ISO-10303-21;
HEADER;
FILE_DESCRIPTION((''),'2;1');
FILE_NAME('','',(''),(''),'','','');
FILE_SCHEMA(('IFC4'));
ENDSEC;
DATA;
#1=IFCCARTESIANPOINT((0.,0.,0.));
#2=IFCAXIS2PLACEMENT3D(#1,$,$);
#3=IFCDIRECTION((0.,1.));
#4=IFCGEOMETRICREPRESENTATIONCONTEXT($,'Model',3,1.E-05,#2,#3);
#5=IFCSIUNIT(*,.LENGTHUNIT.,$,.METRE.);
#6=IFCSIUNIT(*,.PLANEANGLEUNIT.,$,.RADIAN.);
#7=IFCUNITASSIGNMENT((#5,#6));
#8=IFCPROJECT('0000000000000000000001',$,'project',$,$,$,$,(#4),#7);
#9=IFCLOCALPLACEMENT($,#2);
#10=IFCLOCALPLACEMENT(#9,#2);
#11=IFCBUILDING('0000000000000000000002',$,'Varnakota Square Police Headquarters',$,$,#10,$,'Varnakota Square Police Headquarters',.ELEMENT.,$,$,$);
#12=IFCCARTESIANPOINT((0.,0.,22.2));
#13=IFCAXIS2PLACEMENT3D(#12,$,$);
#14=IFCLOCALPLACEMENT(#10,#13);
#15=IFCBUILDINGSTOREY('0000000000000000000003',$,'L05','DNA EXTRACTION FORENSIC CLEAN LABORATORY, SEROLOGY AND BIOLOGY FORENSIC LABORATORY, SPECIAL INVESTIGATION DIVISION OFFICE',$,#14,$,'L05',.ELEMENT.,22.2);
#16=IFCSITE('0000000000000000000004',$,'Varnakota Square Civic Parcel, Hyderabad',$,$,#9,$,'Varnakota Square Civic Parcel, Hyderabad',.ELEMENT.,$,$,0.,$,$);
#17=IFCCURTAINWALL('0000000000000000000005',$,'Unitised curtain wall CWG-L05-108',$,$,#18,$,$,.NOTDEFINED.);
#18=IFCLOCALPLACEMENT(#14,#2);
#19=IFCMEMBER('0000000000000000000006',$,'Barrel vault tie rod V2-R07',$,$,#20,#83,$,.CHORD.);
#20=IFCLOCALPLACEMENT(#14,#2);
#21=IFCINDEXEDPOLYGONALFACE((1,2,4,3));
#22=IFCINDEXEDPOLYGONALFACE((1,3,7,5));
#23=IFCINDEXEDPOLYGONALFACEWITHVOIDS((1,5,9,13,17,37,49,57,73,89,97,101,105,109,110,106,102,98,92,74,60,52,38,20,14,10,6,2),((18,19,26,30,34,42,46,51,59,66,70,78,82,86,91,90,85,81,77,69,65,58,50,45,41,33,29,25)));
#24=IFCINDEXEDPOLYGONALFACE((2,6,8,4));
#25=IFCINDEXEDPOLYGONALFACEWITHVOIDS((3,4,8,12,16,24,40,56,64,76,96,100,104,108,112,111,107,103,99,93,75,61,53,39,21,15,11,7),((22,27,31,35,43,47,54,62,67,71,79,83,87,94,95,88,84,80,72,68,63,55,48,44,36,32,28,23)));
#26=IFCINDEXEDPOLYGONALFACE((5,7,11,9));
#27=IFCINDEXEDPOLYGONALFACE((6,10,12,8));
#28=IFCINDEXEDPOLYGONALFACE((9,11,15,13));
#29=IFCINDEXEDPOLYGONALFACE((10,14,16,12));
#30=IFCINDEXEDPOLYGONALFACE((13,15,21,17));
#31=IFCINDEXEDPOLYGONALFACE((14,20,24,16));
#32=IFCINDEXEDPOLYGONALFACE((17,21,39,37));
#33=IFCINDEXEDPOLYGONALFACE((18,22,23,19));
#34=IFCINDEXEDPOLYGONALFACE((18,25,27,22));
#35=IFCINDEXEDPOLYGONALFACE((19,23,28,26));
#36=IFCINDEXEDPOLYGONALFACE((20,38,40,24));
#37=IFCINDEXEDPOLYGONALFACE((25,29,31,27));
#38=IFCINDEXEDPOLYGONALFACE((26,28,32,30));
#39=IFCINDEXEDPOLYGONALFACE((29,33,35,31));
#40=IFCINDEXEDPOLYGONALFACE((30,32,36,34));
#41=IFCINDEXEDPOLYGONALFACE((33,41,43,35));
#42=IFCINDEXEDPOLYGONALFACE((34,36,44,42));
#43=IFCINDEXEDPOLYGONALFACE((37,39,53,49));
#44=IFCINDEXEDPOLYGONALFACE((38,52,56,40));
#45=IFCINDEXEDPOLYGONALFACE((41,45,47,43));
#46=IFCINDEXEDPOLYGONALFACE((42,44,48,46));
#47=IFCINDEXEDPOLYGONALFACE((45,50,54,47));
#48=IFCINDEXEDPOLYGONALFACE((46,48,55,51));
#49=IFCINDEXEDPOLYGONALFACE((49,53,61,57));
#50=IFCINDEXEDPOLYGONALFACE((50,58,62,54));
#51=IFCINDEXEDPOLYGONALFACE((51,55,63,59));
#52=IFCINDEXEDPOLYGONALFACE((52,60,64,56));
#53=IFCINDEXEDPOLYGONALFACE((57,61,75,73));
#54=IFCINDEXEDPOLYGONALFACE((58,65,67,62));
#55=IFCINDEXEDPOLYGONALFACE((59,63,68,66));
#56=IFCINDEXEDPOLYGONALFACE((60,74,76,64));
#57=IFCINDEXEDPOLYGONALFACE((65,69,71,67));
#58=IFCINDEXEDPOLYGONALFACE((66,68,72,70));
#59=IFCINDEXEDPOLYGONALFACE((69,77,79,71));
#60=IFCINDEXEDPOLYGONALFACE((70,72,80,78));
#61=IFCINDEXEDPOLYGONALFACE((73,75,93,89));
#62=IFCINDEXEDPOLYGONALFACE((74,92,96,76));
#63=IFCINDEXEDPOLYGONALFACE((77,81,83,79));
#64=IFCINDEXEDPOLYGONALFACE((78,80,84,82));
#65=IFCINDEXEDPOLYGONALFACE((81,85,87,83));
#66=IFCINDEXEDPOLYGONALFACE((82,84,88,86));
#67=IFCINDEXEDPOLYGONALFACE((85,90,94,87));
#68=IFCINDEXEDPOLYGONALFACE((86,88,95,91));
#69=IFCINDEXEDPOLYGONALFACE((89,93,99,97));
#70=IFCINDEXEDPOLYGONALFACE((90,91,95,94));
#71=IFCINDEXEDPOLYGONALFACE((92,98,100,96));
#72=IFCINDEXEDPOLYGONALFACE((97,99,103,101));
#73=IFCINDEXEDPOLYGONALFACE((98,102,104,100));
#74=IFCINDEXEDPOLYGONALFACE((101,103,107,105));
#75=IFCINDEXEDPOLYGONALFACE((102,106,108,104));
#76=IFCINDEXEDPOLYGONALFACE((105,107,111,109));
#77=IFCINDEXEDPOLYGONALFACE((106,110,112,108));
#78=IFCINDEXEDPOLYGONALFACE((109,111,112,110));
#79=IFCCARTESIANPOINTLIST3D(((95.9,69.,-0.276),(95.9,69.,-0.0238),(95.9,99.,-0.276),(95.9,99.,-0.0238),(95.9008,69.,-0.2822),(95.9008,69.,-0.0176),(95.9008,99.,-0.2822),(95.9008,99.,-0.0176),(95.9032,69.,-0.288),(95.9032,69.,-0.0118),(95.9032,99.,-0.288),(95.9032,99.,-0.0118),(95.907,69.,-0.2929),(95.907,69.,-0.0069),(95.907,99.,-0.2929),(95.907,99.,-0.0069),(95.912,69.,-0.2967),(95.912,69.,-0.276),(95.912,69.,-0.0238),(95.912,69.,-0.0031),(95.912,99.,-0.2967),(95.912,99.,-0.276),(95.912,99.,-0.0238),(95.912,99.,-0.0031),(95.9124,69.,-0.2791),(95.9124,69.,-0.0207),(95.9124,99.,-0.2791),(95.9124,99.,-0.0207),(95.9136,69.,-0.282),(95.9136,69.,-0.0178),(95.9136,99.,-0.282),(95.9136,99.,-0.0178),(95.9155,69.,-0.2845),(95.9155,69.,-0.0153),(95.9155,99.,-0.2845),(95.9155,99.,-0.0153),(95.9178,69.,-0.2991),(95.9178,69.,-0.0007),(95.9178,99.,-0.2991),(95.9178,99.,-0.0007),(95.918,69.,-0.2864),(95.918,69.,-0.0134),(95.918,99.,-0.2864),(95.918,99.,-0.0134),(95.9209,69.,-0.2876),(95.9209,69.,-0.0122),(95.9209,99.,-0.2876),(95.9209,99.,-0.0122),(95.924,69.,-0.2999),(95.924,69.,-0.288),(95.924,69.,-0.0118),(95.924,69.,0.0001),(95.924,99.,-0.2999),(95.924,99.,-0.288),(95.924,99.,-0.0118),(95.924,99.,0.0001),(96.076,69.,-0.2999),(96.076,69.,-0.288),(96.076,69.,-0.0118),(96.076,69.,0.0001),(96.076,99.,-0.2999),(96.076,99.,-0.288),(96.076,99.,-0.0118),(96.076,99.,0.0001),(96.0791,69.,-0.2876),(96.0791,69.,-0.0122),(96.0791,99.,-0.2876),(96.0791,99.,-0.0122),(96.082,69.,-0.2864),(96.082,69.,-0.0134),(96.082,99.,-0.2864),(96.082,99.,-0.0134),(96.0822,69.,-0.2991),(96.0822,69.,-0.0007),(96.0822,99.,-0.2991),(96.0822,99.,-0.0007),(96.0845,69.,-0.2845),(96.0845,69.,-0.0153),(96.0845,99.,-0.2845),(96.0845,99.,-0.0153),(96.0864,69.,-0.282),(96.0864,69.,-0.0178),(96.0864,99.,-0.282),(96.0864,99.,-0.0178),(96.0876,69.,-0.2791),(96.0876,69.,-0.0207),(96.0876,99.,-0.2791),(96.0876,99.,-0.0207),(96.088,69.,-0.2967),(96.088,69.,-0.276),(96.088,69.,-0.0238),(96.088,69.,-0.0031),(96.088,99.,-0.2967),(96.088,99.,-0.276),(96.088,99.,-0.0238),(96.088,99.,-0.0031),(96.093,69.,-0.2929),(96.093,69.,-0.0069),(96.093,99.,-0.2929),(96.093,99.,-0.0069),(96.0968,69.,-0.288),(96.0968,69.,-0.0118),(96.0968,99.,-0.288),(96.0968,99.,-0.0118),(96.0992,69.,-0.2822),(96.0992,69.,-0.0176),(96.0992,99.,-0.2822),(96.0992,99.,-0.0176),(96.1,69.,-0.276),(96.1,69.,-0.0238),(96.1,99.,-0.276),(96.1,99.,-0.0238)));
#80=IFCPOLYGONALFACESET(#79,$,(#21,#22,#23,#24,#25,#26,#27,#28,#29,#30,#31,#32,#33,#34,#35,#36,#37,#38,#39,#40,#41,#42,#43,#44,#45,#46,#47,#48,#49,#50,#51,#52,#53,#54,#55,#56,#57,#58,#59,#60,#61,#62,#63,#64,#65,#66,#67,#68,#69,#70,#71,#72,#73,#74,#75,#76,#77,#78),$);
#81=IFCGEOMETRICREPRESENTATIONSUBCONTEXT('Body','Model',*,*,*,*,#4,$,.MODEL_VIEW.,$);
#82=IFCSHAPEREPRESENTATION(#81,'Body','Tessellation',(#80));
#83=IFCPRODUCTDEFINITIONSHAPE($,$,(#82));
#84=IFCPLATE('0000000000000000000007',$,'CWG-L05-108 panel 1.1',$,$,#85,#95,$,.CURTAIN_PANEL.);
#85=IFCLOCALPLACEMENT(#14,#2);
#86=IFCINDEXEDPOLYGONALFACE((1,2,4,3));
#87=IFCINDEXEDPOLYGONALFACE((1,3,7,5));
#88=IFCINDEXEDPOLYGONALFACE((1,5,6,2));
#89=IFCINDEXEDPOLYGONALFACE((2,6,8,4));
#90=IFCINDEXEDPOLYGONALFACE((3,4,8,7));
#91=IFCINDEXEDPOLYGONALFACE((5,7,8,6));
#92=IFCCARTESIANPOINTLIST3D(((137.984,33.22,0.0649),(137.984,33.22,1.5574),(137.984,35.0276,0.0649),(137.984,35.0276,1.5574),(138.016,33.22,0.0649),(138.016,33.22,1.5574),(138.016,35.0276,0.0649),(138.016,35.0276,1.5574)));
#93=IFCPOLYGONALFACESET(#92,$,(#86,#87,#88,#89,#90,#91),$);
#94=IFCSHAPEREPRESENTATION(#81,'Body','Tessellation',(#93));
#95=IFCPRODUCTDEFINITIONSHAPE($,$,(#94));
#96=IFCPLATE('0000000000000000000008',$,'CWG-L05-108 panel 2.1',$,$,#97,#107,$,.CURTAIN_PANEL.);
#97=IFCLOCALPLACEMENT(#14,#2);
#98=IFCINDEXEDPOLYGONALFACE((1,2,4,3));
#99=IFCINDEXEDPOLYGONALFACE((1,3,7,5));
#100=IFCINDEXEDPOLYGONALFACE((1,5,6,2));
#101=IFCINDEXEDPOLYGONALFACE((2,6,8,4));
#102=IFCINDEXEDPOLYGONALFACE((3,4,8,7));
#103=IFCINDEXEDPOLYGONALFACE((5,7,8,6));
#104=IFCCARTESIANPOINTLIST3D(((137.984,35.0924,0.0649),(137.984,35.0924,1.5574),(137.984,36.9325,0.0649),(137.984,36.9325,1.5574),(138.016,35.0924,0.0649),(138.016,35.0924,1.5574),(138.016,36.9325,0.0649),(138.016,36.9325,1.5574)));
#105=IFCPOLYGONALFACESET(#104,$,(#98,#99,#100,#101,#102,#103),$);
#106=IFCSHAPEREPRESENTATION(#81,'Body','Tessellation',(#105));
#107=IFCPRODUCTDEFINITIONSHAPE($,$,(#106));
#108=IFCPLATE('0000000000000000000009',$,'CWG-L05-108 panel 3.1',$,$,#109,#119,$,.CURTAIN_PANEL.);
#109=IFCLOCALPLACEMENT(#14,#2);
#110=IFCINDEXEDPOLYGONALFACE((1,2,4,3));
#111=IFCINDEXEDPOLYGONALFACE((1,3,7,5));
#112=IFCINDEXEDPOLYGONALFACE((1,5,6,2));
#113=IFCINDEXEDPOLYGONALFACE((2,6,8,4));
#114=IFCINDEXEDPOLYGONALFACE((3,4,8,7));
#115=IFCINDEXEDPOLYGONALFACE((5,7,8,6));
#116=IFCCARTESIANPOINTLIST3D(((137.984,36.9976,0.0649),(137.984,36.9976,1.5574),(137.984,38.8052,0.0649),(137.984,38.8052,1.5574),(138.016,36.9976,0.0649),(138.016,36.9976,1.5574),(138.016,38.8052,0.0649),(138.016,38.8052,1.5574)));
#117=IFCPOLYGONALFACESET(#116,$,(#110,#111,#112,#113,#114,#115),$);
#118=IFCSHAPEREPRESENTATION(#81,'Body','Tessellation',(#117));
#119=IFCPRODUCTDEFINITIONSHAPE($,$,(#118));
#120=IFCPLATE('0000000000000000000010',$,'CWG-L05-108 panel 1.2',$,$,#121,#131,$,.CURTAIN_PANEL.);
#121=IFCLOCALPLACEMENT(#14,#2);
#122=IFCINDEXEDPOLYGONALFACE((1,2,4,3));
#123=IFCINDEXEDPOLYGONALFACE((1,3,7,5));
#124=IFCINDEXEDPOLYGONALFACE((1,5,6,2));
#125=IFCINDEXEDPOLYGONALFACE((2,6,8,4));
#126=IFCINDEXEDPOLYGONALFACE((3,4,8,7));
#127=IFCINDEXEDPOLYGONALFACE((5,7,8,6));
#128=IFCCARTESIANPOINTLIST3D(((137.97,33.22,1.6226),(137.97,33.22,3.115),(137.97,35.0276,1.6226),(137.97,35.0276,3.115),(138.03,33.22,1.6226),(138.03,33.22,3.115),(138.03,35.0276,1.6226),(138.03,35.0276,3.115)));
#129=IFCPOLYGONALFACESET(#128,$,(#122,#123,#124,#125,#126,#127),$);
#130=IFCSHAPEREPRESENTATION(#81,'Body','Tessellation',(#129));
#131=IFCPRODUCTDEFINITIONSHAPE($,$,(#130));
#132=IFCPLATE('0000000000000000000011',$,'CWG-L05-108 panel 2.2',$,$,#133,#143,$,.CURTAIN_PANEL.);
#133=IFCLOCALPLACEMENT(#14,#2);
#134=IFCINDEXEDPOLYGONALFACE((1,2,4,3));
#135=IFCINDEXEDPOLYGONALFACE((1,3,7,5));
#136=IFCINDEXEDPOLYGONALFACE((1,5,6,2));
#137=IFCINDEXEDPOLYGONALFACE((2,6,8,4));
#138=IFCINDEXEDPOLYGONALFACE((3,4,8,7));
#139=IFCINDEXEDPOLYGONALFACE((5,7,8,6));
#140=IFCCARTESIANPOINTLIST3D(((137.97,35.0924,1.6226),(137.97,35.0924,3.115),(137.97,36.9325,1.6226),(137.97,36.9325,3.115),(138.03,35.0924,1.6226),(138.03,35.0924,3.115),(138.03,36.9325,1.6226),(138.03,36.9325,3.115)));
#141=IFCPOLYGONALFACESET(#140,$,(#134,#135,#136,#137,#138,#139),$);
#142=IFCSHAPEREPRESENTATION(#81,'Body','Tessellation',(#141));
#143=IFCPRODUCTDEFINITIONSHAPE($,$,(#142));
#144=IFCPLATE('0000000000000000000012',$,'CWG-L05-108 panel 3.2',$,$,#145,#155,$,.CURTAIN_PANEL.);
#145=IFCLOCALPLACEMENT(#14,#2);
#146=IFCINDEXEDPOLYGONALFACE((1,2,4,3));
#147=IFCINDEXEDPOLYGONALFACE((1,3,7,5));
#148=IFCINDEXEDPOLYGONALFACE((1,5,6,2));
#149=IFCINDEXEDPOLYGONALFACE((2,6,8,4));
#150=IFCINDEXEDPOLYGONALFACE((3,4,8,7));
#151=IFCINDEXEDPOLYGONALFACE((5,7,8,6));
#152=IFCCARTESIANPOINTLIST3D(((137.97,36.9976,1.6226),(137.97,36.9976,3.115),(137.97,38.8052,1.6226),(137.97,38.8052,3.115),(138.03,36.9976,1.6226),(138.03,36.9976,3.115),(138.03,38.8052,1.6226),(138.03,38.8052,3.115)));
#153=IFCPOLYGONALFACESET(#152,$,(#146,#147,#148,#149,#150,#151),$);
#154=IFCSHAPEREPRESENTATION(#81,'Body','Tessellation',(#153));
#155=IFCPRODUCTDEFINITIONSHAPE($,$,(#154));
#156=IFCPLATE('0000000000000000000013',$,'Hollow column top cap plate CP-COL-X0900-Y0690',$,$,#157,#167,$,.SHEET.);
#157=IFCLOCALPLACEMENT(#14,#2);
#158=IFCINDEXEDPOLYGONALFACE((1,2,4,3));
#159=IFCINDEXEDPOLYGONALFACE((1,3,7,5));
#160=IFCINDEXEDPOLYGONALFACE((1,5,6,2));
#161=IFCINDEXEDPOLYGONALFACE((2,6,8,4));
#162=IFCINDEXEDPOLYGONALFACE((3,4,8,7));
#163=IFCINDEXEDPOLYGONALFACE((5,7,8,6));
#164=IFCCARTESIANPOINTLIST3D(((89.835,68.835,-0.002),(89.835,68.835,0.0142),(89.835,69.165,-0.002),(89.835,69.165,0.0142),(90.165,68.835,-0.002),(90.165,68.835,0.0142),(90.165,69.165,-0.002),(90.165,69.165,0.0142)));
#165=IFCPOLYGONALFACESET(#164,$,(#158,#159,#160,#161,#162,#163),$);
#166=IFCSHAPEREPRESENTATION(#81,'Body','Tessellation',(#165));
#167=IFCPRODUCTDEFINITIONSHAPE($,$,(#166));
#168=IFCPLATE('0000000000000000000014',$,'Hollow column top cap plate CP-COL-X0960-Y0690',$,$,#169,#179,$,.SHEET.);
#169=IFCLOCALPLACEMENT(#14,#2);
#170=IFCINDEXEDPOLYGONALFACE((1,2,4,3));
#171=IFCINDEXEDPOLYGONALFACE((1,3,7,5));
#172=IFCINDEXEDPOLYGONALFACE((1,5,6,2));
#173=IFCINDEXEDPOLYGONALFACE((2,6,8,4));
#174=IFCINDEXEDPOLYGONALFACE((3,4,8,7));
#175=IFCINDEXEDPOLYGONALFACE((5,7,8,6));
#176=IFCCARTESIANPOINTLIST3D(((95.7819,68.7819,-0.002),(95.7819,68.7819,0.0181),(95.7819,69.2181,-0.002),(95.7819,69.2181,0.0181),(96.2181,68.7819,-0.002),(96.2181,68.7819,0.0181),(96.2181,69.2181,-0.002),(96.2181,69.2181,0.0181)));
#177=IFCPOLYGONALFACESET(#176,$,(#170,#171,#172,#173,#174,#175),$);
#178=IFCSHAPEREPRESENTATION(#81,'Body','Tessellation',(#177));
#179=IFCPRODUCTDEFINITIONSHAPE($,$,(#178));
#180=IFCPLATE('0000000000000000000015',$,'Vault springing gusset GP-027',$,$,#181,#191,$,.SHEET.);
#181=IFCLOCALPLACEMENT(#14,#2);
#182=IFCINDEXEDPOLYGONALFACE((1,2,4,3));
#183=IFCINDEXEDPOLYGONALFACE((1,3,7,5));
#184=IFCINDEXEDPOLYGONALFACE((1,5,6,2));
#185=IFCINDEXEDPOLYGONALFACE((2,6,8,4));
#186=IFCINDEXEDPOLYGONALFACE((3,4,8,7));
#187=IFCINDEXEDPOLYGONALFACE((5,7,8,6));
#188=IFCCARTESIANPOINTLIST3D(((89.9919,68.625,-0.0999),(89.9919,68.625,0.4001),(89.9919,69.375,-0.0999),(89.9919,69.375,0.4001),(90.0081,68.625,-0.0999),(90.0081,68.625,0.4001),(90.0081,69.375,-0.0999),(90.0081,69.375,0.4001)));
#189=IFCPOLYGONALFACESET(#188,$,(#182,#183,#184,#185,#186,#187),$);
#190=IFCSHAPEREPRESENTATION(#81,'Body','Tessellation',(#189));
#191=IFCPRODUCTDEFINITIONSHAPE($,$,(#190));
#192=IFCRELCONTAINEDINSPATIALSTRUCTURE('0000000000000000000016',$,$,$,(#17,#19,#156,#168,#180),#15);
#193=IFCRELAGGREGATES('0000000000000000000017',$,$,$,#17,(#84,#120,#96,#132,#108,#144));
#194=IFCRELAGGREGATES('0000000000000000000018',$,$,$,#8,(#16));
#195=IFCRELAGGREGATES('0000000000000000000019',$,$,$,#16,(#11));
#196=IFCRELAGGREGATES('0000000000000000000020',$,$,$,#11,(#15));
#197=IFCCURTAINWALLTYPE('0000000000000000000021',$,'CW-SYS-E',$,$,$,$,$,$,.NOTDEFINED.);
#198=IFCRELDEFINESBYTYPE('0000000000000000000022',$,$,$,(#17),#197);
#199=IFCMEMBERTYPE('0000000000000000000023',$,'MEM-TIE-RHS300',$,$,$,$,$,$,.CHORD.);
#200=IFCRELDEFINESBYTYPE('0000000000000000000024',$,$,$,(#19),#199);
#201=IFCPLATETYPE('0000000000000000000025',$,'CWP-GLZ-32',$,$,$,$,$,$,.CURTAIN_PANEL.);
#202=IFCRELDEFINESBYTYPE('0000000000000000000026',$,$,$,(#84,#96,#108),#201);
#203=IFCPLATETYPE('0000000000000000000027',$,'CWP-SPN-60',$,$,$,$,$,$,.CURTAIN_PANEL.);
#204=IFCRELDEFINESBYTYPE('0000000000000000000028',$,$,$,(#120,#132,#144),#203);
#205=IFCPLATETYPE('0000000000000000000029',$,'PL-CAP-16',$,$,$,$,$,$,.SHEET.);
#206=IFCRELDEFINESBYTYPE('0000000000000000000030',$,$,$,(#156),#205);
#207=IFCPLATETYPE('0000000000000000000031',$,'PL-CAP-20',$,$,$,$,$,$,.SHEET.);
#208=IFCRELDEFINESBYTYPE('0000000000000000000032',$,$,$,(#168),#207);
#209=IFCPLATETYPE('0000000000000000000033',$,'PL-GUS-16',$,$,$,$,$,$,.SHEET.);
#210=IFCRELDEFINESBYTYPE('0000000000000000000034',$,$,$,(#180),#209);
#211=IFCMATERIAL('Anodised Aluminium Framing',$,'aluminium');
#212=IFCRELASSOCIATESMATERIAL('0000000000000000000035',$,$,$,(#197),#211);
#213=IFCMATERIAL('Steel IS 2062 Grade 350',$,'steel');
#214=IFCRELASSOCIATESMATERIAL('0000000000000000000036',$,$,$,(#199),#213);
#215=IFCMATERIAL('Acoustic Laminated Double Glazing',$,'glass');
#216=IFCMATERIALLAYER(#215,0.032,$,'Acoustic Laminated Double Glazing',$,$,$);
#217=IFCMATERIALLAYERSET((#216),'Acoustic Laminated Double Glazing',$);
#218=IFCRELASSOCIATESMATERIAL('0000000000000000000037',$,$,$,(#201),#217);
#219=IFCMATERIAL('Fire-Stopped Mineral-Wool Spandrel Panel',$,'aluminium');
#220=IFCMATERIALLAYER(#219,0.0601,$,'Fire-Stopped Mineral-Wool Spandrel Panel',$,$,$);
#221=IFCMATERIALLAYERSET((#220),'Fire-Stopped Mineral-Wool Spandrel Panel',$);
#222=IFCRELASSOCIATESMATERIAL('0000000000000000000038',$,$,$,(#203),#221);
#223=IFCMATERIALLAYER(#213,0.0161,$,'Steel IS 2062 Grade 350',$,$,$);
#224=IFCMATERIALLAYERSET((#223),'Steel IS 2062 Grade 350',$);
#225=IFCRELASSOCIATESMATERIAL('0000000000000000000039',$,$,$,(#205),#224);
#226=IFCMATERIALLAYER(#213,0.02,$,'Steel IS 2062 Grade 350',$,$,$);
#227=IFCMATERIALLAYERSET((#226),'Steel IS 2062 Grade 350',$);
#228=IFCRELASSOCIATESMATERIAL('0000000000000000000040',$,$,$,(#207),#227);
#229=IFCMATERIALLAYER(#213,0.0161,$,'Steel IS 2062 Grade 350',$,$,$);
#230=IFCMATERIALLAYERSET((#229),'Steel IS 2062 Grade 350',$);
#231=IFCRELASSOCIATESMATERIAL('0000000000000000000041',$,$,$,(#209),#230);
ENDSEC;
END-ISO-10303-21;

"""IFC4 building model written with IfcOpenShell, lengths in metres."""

from ifc_helpers import new_model, si_unit, direction, frame, origin, origin_2d, place, context, subcontext, project, spatial, rectangle, hollow_rectangle, extrude, material, layer, layer_set, material_profile, profile_set, type_object, element, aggregate, save


model = new_model("IFC4")

# Units and contexts
model_context = context("Model", 3, precision=1e-05, world=origin(), true_north=direction((0.0, 1.0)))
body_context = subcontext(model_context, "Body", "Model", "MODEL_VIEW")
ifc_project = project(units=[si_unit("LENGTHUNIT", "METRE"), si_unit("PLANEANGLEUNIT", "RADIAN")], contexts=[model_context])

# Site, building, storey
site_placement = place(None, origin())
site = spatial("IfcSite", under=ifc_project, at=site_placement, Name="Varnakota Square Civic Parcel, Hyderabad", LongName="Varnakota Square Civic Parcel, Hyderabad", CompositionType="ELEMENT", RefElevation=0.0)
building_placement = place(site_placement, origin())
building = spatial("IfcBuilding", under=site, at=building_placement, Name="Varnakota Square Police Headquarters", LongName="Varnakota Square Police Headquarters", CompositionType="ELEMENT")
storey_placement = place(building_placement, frame((0.0, 0.0, 22.2)))
storey = spatial("IfcBuildingStorey", under=building, at=storey_placement, Name="L05", Description="DNA EXTRACTION FORENSIC CLEAN LABORATORY, SEROLOGY AND BIOLOGY FORENSIC LABORATORY, SPECIAL INVESTIGATION DIVISION OFFICE", LongName="L05", CompositionType="ELEMENT", Elevation=22.2)

# Shared definitions
ifc_material_1 = material(Name="Steel IS 2062 Grade 350", Category="steel")

# Curtain wall
ifc_material_2 = material(Name="Anodised Aluminium Framing", Category="aluminium")
curtain_wall_type = type_object("IfcCurtainWallType", Name="CW-SYS-E", PredefinedType="NOTDEFINED", material=ifc_material_2)
curtain_wall_1_placement = place(storey_placement, origin())
curtain_wall_1 = element("IfcCurtainWall", 1, at=curtain_wall_1_placement, inside=storey, type_object=curtain_wall_type, Name="Unitised curtain wall CWG-L05-108", PredefinedType="NOTDEFINED")

# Member
ifc_material_profile_1 = material_profile(ifc_material_1, hollow_rectangle(XDim=0.2, YDim=0.3, WallThickness=0.012, InnerFilletRadius=0.012, OuterFilletRadius=0.0239, at=origin_2d()), Name="RHS 300x200x12")
ifc_profile_set_1 = profile_set([ifc_material_profile_1], Name="Steel IS 2062 Grade 350")
member_type_1 = type_object("IfcMemberType", Name="MEM-TIE-RHS300", PredefinedType="CHORD", material=ifc_profile_set_1)
for number, where, z_axis, x_axis, name in (
    (2, (96.0, 69.0, -0.1499), (0.0, 1.0, 0.0), (-1.0, 0.0, 0.0), "Barrel vault tie rod V2-R07"),
):
    element("IfcMember", number, at=place(storey_placement, frame(where, z_axis=z_axis, x_axis=x_axis)), inside=storey, type_object=member_type_1, Name=name, PredefinedType="CHORD", context=body_context, shape_type="SweptSolid", body=[
        extrude(hollow_rectangle(XDim=0.2, YDim=0.3, WallThickness=0.012, InnerFilletRadius=0.012, OuterFilletRadius=0.0239, at=origin_2d()), origin(), (0.0, 0.0, 1.0), 30.0),
    ])

# Plates
ifc_material_3 = material(Name="Acoustic Laminated Double Glazing", Category="glass")
ifc_layer_1 = layer(ifc_material_3, 0.032, Name="Acoustic Laminated Double Glazing")
ifc_layer_set_1 = layer_set([ifc_layer_1], Name="Acoustic Laminated Double Glazing")
plate_type_1 = type_object("IfcPlateType", Name="CWP-GLZ-32", PredefinedType="CURTAIN_PANEL", material=ifc_layer_set_1)
plate_1_placement = place(storey_placement, frame((138.0, 34.1238, 0.0649), z_axis=(0.0, 0.0, 1.0), x_axis=(0.0, 1.0, 0.0)))
plate_1 = element("IfcPlate", 3, at=plate_1_placement, type_object=plate_type_1, Name="CWG-L05-108 panel 1.1", PredefinedType="CURTAIN_PANEL", context=body_context, shape_type="SweptSolid", body=[
    extrude(rectangle(XDim=1.8076, YDim=0.032, at=origin_2d()), origin(), (0.0, 0.0, 1.0), 1.4924),
])
plate_2_placement = place(storey_placement, frame((138.0, 36.0125, 0.0649), z_axis=(0.0, 0.0, 1.0), x_axis=(0.0, 1.0, 0.0)))
plate_2 = element("IfcPlate", 4, at=plate_2_placement, type_object=plate_type_1, Name="CWG-L05-108 panel 2.1", PredefinedType="CURTAIN_PANEL", context=body_context, shape_type="SweptSolid", body=[
    extrude(rectangle(XDim=1.8401, YDim=0.032, at=origin_2d()), origin(), (0.0, 0.0, 1.0), 1.4924),
])
plate_3_placement = place(storey_placement, frame((138.0, 37.9014, 0.0649), z_axis=(0.0, 0.0, 1.0), x_axis=(0.0, 1.0, 0.0)))
plate_3 = element("IfcPlate", 5, at=plate_3_placement, type_object=plate_type_1, Name="CWG-L05-108 panel 3.1", PredefinedType="CURTAIN_PANEL", context=body_context, shape_type="SweptSolid", body=[
    extrude(rectangle(XDim=1.8076, YDim=0.032, at=origin_2d()), origin(), (0.0, 0.0, 1.0), 1.4924),
])
ifc_material_4 = material(Name="Fire-Stopped Mineral-Wool Spandrel Panel", Category="aluminium")
ifc_layer_2 = layer(ifc_material_4, 0.0601, Name="Fire-Stopped Mineral-Wool Spandrel Panel")
ifc_layer_set_2 = layer_set([ifc_layer_2], Name="Fire-Stopped Mineral-Wool Spandrel Panel")
plate_type_2 = type_object("IfcPlateType", Name="CWP-SPN-60", PredefinedType="CURTAIN_PANEL", material=ifc_layer_set_2)
plate_4_placement = place(storey_placement, frame((138.0, 34.1238, 1.6226), z_axis=(0.0, 0.0, 1.0), x_axis=(0.0, 1.0, 0.0)))
plate_4 = element("IfcPlate", 6, at=plate_4_placement, type_object=plate_type_2, Name="CWG-L05-108 panel 1.2", PredefinedType="CURTAIN_PANEL", context=body_context, shape_type="SweptSolid", body=[
    extrude(rectangle(XDim=1.8076, YDim=0.0601, at=origin_2d()), origin(), (0.0, 0.0, 1.0), 1.4924),
])
plate_5_placement = place(storey_placement, frame((138.0, 36.0125, 1.6226), z_axis=(0.0, 0.0, 1.0), x_axis=(0.0, 1.0, 0.0)))
plate_5 = element("IfcPlate", 7, at=plate_5_placement, type_object=plate_type_2, Name="CWG-L05-108 panel 2.2", PredefinedType="CURTAIN_PANEL", context=body_context, shape_type="SweptSolid", body=[
    extrude(rectangle(XDim=1.8401, YDim=0.0601, at=origin_2d()), origin(), (0.0, 0.0, 1.0), 1.4924),
])
plate_6_placement = place(storey_placement, frame((138.0, 37.9014, 1.6226), z_axis=(0.0, 0.0, 1.0), x_axis=(0.0, 1.0, 0.0)))
plate_6 = element("IfcPlate", 8, at=plate_6_placement, type_object=plate_type_2, Name="CWG-L05-108 panel 3.2", PredefinedType="CURTAIN_PANEL", context=body_context, shape_type="SweptSolid", body=[
    extrude(rectangle(XDim=1.8076, YDim=0.0601, at=origin_2d()), origin(), (0.0, 0.0, 1.0), 1.4924),
])
aggregate(curtain_wall_1, [plate_1, plate_4, plate_2, plate_5, plate_3, plate_6])

# Plates
ifc_layer_3 = layer(ifc_material_1, 0.0161, Name="Steel IS 2062 Grade 350")
ifc_layer_set_3 = layer_set([ifc_layer_3], Name="Steel IS 2062 Grade 350")
plate_type_3 = type_object("IfcPlateType", Name="PL-CAP-16", PredefinedType="SHEET", material=ifc_layer_set_3)
plate_7_placement = place(storey_placement, frame((90.0, 69.0, -0.002), z_axis=(0.0, 0.0, 1.0), x_axis=(1.0, 0.0, 0.0)))
element("IfcPlate", 9, at=plate_7_placement, inside=storey, type_object=plate_type_3, Name="Hollow column top cap plate CP-COL-X0900-Y0690", PredefinedType="SHEET", context=body_context, shape_type="SweptSolid", body=[
    extrude(rectangle(XDim=0.3301, YDim=0.3301, at=origin_2d()), origin(), (0.0, 0.0, 1.0), 0.0161),
])
ifc_layer_4 = layer(ifc_material_1, 0.02, Name="Steel IS 2062 Grade 350")
ifc_layer_set_4 = layer_set([ifc_layer_4], Name="Steel IS 2062 Grade 350")
plate_type_4 = type_object("IfcPlateType", Name="PL-CAP-20", PredefinedType="SHEET", material=ifc_layer_set_4)
plate_8_placement = place(storey_placement, frame((96.0, 69.0, -0.002), z_axis=(0.0, 0.0, 1.0), x_axis=(1.0, 0.0, 0.0)))
element("IfcPlate", 10, at=plate_8_placement, inside=storey, type_object=plate_type_4, Name="Hollow column top cap plate CP-COL-X0960-Y0690", PredefinedType="SHEET", context=body_context, shape_type="SweptSolid", body=[
    extrude(rectangle(XDim=0.4363, YDim=0.4363, at=origin_2d()), origin(), (0.0, 0.0, 1.0), 0.02),
])
ifc_layer_5 = layer(ifc_material_1, 0.0161, Name="Steel IS 2062 Grade 350")
ifc_layer_set_5 = layer_set([ifc_layer_5], Name="Steel IS 2062 Grade 350")
plate_type_5 = type_object("IfcPlateType", Name="PL-GUS-16", PredefinedType="SHEET", material=ifc_layer_set_5)
for number, where, z_axis, x_axis, name in (
    (11, (90.0, 69.0, -0.0999), (0.0, 0.0, 1.0), (1.0, 0.0, 0.0), "Vault springing gusset GP-027"),
):
    element("IfcPlate", number, at=place(storey_placement, frame(where, z_axis=z_axis, x_axis=x_axis)), inside=storey, type_object=plate_type_5, Name=name, PredefinedType="SHEET", context=body_context, shape_type="SweptSolid", body=[
        extrude(rectangle(XDim=0.0161, YDim=0.75, at=origin_2d()), origin(), (0.0, 0.0, 1.0), 0.5),
    ])

save(model, "model.ifc")
